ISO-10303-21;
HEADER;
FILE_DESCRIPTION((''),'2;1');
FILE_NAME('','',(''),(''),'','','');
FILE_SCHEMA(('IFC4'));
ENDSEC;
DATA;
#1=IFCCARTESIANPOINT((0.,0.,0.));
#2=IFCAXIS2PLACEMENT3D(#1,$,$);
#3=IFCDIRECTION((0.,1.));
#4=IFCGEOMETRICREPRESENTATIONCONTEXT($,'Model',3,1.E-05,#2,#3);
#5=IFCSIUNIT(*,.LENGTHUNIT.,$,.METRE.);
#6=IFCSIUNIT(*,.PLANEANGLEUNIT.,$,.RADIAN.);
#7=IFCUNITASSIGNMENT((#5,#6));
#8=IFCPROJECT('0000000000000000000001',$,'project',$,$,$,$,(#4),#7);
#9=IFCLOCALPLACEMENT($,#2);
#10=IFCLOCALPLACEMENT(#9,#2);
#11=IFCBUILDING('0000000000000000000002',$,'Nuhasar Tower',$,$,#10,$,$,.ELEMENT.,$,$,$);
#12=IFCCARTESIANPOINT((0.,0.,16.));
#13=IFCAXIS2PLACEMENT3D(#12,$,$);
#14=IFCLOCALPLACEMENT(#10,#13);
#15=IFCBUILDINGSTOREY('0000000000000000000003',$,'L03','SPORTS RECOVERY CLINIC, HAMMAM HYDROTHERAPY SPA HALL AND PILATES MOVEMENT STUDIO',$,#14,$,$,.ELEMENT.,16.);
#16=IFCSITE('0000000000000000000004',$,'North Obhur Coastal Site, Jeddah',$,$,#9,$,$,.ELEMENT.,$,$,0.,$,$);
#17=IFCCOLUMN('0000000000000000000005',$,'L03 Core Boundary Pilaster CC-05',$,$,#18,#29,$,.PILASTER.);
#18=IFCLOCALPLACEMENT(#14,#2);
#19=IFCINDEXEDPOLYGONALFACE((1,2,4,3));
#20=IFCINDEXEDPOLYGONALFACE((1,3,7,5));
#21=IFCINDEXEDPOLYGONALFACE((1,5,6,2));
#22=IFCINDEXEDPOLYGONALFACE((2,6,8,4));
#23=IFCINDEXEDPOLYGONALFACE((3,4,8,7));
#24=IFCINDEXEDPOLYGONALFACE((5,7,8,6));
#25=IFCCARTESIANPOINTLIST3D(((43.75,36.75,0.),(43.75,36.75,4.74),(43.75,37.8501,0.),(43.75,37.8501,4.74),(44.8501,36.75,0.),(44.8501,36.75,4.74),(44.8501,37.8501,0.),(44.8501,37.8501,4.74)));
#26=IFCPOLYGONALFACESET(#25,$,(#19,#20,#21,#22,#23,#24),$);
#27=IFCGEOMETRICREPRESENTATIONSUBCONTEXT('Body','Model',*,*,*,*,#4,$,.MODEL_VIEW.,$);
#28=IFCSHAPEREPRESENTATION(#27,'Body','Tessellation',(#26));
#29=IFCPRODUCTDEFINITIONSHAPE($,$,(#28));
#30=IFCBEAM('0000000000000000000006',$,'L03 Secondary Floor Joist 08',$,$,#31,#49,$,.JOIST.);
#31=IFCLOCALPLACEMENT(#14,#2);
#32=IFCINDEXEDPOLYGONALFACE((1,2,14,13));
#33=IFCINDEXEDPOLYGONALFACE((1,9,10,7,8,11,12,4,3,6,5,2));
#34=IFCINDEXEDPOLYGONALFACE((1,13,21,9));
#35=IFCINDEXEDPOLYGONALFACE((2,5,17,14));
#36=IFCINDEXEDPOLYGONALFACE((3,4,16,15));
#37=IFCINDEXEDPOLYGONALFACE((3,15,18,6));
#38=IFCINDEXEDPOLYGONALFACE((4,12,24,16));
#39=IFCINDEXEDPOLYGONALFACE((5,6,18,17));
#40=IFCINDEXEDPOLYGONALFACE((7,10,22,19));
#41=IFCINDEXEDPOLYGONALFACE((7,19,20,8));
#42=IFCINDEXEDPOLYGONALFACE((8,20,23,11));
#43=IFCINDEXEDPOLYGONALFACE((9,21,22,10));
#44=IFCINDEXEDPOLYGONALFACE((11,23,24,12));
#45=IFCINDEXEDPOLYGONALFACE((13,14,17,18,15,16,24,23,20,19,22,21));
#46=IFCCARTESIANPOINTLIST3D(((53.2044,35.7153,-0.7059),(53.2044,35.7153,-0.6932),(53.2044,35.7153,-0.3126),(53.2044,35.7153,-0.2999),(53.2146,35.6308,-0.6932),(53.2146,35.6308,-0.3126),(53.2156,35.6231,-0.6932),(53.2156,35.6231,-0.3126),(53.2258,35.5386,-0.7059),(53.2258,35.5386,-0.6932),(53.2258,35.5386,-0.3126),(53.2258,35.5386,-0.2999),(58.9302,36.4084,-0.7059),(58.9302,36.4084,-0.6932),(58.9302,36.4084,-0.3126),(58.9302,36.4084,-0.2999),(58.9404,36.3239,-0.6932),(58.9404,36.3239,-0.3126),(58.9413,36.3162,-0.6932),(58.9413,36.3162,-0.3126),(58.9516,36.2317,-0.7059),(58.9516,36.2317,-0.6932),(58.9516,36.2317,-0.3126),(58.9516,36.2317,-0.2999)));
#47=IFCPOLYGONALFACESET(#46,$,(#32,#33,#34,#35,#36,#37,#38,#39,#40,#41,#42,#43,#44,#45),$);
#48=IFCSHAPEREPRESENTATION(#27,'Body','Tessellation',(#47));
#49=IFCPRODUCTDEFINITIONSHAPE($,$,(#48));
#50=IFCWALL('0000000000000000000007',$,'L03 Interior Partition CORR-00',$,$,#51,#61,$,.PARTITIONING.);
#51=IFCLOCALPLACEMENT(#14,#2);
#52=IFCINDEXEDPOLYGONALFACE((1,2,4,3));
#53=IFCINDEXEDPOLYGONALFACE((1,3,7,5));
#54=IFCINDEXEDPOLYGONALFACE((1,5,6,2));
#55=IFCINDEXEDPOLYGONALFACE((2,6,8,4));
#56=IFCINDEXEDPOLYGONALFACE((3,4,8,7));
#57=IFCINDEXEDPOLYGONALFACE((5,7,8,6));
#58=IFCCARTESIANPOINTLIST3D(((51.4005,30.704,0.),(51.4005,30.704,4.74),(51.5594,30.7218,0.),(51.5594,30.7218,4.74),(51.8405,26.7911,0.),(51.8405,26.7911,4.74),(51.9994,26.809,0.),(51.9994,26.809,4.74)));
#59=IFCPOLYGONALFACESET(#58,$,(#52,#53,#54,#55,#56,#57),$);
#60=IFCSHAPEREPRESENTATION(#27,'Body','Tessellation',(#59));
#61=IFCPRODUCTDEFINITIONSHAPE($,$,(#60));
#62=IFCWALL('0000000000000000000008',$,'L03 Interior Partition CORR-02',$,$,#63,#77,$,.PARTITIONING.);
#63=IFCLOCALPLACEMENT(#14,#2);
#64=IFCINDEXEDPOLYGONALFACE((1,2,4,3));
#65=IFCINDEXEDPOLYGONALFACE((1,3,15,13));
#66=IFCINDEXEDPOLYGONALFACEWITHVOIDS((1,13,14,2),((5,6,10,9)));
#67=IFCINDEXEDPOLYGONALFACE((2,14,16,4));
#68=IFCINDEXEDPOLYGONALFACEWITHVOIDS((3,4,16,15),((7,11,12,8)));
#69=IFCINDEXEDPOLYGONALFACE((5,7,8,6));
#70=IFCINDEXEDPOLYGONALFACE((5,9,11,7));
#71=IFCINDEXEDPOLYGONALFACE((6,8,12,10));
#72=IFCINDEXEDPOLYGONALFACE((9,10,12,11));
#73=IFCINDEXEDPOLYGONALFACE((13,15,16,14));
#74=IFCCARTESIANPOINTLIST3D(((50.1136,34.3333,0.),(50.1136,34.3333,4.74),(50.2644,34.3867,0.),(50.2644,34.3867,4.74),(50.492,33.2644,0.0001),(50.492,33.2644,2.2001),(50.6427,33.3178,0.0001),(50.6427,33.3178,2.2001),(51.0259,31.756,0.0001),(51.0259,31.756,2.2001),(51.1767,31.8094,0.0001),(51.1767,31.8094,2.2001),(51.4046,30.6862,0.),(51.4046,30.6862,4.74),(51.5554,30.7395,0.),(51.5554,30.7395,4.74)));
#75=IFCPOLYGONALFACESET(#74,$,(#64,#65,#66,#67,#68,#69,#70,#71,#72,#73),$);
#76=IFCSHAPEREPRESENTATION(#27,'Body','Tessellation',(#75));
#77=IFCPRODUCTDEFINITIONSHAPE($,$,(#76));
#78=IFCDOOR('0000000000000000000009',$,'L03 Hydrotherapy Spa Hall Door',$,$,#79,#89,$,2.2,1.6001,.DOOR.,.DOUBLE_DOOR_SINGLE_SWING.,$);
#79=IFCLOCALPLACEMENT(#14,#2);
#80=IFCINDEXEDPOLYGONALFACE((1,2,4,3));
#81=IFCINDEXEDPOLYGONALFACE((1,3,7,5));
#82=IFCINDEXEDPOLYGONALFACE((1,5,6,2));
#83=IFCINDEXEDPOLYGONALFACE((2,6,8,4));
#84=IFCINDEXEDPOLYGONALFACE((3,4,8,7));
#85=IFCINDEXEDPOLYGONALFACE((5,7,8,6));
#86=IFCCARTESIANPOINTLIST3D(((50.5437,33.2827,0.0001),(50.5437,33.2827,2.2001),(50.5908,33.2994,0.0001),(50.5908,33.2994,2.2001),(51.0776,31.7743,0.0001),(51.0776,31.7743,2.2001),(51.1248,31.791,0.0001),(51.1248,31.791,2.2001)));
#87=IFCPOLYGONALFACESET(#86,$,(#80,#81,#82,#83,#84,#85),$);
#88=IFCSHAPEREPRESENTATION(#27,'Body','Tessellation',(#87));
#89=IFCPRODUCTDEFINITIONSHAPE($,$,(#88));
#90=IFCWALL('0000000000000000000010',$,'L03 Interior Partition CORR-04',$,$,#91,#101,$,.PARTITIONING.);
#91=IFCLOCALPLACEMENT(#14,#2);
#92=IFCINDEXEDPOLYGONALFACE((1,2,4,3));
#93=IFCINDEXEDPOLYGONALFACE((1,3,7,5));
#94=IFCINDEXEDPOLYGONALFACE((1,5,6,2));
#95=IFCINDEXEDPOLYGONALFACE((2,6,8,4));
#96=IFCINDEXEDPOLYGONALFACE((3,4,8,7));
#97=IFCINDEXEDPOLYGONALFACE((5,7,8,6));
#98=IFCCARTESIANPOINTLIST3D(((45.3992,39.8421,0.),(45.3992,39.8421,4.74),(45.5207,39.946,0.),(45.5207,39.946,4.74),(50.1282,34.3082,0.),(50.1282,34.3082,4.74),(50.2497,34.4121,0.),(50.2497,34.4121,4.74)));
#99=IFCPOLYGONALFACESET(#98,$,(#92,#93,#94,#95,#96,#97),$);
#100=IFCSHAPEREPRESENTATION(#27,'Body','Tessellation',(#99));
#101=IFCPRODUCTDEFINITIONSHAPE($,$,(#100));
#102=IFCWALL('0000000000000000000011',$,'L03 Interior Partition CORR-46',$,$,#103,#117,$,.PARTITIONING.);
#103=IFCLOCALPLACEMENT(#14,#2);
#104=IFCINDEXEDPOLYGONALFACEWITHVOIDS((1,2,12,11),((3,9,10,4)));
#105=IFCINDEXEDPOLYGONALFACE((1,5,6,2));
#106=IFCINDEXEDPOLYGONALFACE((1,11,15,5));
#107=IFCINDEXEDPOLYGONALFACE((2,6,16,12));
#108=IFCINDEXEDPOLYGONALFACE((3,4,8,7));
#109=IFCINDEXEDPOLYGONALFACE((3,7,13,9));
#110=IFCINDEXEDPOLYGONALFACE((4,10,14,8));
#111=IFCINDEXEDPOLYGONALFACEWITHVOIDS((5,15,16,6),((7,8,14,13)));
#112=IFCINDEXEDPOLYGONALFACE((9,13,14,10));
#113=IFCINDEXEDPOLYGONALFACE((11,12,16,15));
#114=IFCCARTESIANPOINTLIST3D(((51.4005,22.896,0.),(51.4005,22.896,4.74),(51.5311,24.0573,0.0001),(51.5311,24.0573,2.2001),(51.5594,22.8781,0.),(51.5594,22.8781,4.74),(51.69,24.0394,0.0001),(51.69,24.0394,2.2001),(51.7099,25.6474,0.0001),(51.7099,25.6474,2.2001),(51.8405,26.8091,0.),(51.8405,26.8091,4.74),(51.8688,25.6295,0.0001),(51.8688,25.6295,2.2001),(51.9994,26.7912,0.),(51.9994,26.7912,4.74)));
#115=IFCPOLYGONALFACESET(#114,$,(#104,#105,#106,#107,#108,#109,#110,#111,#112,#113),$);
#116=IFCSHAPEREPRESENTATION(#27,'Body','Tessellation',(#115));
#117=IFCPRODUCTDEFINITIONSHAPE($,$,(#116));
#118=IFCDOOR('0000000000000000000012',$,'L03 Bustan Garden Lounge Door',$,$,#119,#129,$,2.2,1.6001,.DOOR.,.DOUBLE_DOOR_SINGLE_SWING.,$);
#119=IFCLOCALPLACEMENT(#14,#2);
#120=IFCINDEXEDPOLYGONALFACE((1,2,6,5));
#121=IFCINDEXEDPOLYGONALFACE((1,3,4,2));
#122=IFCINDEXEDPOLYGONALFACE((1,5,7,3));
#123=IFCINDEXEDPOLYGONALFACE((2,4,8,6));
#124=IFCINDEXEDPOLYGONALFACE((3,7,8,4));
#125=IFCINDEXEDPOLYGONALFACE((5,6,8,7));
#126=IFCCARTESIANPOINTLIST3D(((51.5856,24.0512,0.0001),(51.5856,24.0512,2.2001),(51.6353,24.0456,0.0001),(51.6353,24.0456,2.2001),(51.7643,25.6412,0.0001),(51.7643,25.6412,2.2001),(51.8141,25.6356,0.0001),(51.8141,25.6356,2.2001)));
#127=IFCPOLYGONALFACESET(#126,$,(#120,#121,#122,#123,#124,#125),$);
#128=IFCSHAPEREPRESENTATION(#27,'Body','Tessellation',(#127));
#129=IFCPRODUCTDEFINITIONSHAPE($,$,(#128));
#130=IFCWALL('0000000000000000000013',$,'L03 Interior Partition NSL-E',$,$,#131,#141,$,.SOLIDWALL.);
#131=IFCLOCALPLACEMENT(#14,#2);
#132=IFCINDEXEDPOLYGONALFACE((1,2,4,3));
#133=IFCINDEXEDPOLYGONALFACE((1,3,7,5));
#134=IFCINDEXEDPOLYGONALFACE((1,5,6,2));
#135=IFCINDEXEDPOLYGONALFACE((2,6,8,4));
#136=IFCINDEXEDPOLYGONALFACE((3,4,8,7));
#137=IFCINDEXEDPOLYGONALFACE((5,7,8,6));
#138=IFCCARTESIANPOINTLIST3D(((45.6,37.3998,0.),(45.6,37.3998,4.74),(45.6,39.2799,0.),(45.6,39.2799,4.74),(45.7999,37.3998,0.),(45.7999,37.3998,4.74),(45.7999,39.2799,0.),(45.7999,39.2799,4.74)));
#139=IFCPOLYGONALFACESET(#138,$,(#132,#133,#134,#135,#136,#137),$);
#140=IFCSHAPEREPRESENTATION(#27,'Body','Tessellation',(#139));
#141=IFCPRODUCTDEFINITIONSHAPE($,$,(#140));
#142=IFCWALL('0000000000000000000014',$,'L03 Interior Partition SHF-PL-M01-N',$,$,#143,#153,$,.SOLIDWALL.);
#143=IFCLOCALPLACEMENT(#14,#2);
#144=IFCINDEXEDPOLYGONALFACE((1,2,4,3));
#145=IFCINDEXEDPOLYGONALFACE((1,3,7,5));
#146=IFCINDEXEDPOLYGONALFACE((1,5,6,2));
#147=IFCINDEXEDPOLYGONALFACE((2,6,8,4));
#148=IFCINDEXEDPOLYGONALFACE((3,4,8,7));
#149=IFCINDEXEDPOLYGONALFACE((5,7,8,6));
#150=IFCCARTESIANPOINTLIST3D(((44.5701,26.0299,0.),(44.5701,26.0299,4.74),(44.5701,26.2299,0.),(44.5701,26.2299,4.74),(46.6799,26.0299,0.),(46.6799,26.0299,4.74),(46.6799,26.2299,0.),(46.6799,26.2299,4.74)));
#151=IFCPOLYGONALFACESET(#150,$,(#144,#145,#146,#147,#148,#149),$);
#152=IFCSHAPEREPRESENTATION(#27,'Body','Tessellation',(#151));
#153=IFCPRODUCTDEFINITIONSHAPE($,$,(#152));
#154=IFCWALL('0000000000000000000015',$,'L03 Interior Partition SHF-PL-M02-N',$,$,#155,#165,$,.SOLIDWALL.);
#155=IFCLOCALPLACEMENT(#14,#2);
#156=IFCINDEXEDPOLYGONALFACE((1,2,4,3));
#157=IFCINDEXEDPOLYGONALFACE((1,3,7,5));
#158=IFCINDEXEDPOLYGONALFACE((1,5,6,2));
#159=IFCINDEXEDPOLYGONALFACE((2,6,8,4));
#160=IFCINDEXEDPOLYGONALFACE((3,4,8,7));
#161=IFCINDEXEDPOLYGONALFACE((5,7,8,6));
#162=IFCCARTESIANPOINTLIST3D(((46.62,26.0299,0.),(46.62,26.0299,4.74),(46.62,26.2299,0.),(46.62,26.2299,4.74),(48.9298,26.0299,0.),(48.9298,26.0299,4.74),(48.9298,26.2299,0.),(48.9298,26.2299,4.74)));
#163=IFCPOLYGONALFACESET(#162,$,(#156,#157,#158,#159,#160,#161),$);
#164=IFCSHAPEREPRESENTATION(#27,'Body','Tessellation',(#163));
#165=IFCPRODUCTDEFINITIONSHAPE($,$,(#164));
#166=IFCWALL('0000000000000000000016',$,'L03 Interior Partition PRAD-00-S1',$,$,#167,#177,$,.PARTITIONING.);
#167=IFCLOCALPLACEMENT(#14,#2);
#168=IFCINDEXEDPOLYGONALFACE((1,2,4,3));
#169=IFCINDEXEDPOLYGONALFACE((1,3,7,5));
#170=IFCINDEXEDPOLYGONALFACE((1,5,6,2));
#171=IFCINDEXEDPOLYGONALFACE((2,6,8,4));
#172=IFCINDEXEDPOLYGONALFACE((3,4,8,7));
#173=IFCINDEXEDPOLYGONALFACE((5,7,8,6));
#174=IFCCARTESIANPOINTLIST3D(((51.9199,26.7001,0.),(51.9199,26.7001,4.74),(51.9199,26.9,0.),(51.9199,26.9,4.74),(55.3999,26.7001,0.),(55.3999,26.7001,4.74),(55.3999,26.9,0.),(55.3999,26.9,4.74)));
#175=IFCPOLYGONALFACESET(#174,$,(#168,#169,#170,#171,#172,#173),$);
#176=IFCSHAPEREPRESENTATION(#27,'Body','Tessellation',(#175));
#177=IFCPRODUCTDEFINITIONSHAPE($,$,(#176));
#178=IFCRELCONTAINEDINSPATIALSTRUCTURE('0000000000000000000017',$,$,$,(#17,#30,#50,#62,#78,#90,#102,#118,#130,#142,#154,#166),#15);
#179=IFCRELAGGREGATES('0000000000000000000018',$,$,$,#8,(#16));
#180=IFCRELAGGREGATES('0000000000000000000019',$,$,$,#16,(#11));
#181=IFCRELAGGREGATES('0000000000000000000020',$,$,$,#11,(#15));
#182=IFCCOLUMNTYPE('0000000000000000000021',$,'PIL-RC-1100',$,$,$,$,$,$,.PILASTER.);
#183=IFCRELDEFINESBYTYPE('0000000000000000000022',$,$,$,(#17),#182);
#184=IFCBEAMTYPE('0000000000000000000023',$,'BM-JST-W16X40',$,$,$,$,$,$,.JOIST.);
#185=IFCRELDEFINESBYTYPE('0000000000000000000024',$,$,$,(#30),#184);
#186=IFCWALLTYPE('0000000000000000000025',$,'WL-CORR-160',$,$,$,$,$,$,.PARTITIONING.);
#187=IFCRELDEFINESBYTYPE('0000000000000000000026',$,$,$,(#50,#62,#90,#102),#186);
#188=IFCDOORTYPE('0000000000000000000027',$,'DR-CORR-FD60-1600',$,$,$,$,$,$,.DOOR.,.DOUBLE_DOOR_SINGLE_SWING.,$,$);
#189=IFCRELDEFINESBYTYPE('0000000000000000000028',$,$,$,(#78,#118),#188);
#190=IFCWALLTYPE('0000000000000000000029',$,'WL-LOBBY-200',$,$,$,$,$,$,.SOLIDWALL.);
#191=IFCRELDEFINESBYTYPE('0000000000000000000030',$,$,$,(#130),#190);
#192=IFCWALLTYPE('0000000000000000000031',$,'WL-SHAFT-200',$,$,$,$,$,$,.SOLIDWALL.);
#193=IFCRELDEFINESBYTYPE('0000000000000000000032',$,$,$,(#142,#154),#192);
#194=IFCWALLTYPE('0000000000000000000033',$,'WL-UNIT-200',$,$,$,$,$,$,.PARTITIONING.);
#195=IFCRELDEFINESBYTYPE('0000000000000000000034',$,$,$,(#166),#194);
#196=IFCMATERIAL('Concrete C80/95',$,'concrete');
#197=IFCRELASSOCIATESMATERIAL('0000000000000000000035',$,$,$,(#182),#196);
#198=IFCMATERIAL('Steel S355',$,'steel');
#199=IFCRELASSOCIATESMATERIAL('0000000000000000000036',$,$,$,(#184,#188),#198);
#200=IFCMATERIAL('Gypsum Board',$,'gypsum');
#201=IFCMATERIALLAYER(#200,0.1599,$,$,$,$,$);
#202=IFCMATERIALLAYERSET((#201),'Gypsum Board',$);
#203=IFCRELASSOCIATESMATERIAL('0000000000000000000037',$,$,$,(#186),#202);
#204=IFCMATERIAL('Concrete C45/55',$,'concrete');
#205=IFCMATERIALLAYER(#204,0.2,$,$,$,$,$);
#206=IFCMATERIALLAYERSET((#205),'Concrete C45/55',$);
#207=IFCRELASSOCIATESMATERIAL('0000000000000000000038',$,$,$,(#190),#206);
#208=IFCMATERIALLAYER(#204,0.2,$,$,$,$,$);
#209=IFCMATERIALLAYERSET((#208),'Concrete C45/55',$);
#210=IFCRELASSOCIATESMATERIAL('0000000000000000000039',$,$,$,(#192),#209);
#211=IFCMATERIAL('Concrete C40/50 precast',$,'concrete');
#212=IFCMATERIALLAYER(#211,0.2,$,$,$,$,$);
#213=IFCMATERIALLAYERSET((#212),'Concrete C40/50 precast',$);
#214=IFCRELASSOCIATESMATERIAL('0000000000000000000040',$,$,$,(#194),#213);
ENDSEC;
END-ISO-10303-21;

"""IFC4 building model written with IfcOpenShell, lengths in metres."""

from ifc_helpers import new_model, si_unit, direction, frame, frame_2d, origin, origin_2d, place, context, subcontext, project, spatial, rectangle, i_section, extrude, material, layer, layer_set, material_profile, profile_set, type_object, element, fill, save


model = new_model("IFC4")

# Units and contexts
model_context = context("Model", 3, precision=1e-05, world=origin(), true_north=direction((0.0, 1.0)))
body_context = subcontext(model_context, "Body", "Model", "MODEL_VIEW")
ifc_project = project(units=[si_unit("LENGTHUNIT", "METRE"), si_unit("PLANEANGLEUNIT", "RADIAN")], contexts=[model_context])

# Site, building, storey
site_placement = place(None, origin())
site = spatial("IfcSite", under=ifc_project, at=site_placement, Name="North Obhur Coastal Site, Jeddah", CompositionType="ELEMENT", RefElevation=0.0)
building_placement = place(site_placement, origin())
building = spatial("IfcBuilding", under=site, at=building_placement, Name="Nuhasar Tower", CompositionType="ELEMENT")
storey_placement = place(building_placement, frame((0.0, 0.0, 16.0)))
storey = spatial("IfcBuildingStorey", under=building, at=storey_placement, Name="L03", Description="SPORTS RECOVERY CLINIC, HAMMAM HYDROTHERAPY SPA HALL AND PILATES MOVEMENT STUDIO", CompositionType="ELEMENT", Elevation=16.0)

# Column
ifc_material_1 = material(Name="Concrete C80/95", Category="concrete")
ifc_material_profile_1 = material_profile(ifc_material_1, rectangle(XDim=1.1001, YDim=1.1001, at=origin_2d()), Name="RC1100X1100")
ifc_profile_set_1 = profile_set([ifc_material_profile_1], Name="Concrete C80/95")
column_type = type_object("IfcColumnType", Name="PIL-RC-1100", PredefinedType="PILASTER", material=ifc_profile_set_1)
column_placement = place(storey_placement, frame((44.3, 37.3, 0.0), z_axis=(0.0, 0.0, 1.0), x_axis=(1.0, 0.0, 0.0)))
element("IfcColumn", 1, at=column_placement, inside=storey, type_object=column_type, Name="L03 Core Boundary Pilaster CC-05", PredefinedType="PILASTER", context=body_context, shape_type="SweptSolid", body=[
    extrude(rectangle(XDim=1.1001, YDim=1.1001, at=origin_2d()), origin(), (0.0, 0.0, 1.0), 4.74),
])

# Beam
ifc_material_2 = material(Name="Steel S355", Category="steel")
ifc_material_profile_2 = material_profile(ifc_material_2, i_section(OverallWidth=0.178, OverallDepth=0.406, WebThickness=0.0078, FlangeThickness=0.0127, at=origin_2d()), Name="W16X40")
ifc_profile_set_2 = profile_set([ifc_material_profile_2], Name="Steel S355")
beam_type = type_object("IfcBeamType", Name="BM-JST-W16X40", PredefinedType="JOIST", material=ifc_profile_set_2)
beam_placement = place(storey_placement, frame((53.2151, 35.627, -0.5029), z_axis=(0.992753, 0.120173, 0.0), x_axis=(-0.120173, 0.992753, 0.0)))
element("IfcBeam", 2, at=beam_placement, inside=storey, type_object=beam_type, Name="L03 Secondary Floor Joist 08", PredefinedType="JOIST", context=body_context, shape_type="SweptSolid", body=[
    extrude(i_section(OverallWidth=0.178, OverallDepth=0.406, WebThickness=0.0078, FlangeThickness=0.0127, at=origin_2d()), origin(), (0.0, 0.0, 1.0), 5.7676),
])

# Wall
ifc_material_3 = material(Name="Gypsum Board", Category="gypsum")
ifc_layer_1 = layer(ifc_material_3, 0.1599)
ifc_layer_set_1 = layer_set([ifc_layer_1], Name="Gypsum Board")
wall_type_1 = type_object("IfcWallType", Name="WL-CORR-160", PredefinedType="PARTITIONING", material=ifc_layer_set_1)
wall_1_placement = place(storey_placement, frame((51.9199, 26.8, 0.0), z_axis=(0.0, 0.0, 1.0), x_axis=(-0.111731, 0.993738, 0.0)))
element("IfcWall", 3, at=wall_1_placement, inside=storey, type_object=wall_type_1, Name="L03 Interior Partition CORR-00", PredefinedType="PARTITIONING", context=body_context, shape_type="SweptSolid", body=[
    extrude(rectangle(XDim=3.9375, YDim=0.1599, at=frame_2d((1.9688, 0.0))), origin(), (0.0, 0.0, 1.0), 4.74),
])

# Wall, opening, door
wall_2_placement = place(storey_placement, frame((50.189, 34.3601, 0.0), z_axis=(0.0, 0.0, 1.0), x_axis=(0.333685, -0.942685, 0.0)))
wall_2 = element("IfcWall", 4, at=wall_2_placement, inside=storey, type_object=wall_type_1, Name="L03 Interior Partition CORR-02", PredefinedType="PARTITIONING", context=body_context, shape_type="SweptSolid", body=[
    extrude(rectangle(XDim=3.8689, YDim=0.1599, at=frame_2d((1.9346, 0.0))), origin(), (0.0, 0.0, 1.0), 4.74),
])
opening_1_placement = place(wall_2_placement, frame((1.134, 0.0, 0.0)))
opening_1 = element("IfcOpeningElement", 5, at=opening_1_placement, cuts=wall_2, PredefinedType="OPENING", context=body_context, shape_type="SweptSolid", body=[
    extrude(rectangle(XDim=1.6001, YDim=2.2, at=frame_2d((0.8, 1.1001))), frame((0.0, 0.0898, 0.0), z_axis=(0.0, -1.0, 0.0), x_axis=(1.0, 0.0, 0.0)), (0.0, 0.0, 1.0), 0.1799),
])
door_type_1 = type_object("IfcDoorType", Name="DR-CORR-FD60-1600", OperationType="DOUBLE_DOOR_SINGLE_SWING", PredefinedType="DOOR", material=ifc_material_2)
door_1_placement = place(opening_1_placement, origin())
door_1 = element("IfcDoor", 6, at=door_1_placement, inside=storey, type_object=door_type_1, Name="L03 Hydrotherapy Spa Hall Door", OperationType="DOUBLE_DOOR_SINGLE_SWING", OverallHeight=2.2, OverallWidth=1.6001, PredefinedType="DOOR", context=body_context, shape_type="SweptSolid", body=[
    extrude(rectangle(XDim=1.6001, YDim=2.2, at=frame_2d((0.8, 1.1001))), frame((0.0, 0.0249, 0.0), z_axis=(0.0, -1.0, 0.0), x_axis=(1.0, 0.0, 0.0)), (0.0, 0.0, 1.0), 0.05),
])
fill(opening_1, door_1)

# Wall
wall_3_placement = place(storey_placement, frame((50.189, 34.3601, 0.0), z_axis=(0.0, 0.0, 1.0), x_axis=(-0.649653, 0.760231, 0.0)))
element("IfcWall", 7, at=wall_3_placement, inside=storey, type_object=wall_type_1, Name="L03 Interior Partition CORR-04", PredefinedType="PARTITIONING", context=body_context, shape_type="SweptSolid", body=[
    extrude(rectangle(XDim=7.2793, YDim=0.1599, at=frame_2d((3.6396, 0.0))), origin(), (0.0, 0.0, 1.0), 4.74),
])

# Wall, opening, door
wall_4_placement = place(storey_placement, frame((51.9199, 26.8, 0.0), z_axis=(0.0, 0.0, 1.0), x_axis=(-0.111724, -0.993739, 0.0)))
wall_4 = element("IfcWall", 8, at=wall_4_placement, inside=storey, type_object=wall_type_1, Name="L03 Interior Partition CORR-46", PredefinedType="PARTITIONING", context=body_context, shape_type="SweptSolid", body=[
    extrude(rectangle(XDim=3.9377, YDim=0.1599, at=frame_2d((1.9688, 0.0))), origin(), (0.0, 0.0, 1.0), 4.74),
])
opening_2_placement = place(wall_4_placement, frame((1.1689, 0.0, 0.0)))
opening_2 = element("IfcOpeningElement", 9, at=opening_2_placement, cuts=wall_4, PredefinedType="OPENING", context=body_context, shape_type="SweptSolid", body=[
    extrude(rectangle(XDim=1.6001, YDim=2.2, at=frame_2d((0.8, 1.1001))), frame((0.0, 0.0898, 0.0), z_axis=(0.0, -1.0, 0.0), x_axis=(1.0, 0.0, 0.0)), (0.0, 0.0, 1.0), 0.1799),
])
door_2_placement = place(opening_2_placement, origin())
door_2 = element("IfcDoor", 10, at=door_2_placement, inside=storey, type_object=door_type_1, Name="L03 Bustan Garden Lounge Door", OperationType="DOUBLE_DOOR_SINGLE_SWING", OverallHeight=2.2, OverallWidth=1.6001, PredefinedType="DOOR", context=body_context, shape_type="SweptSolid", body=[
    extrude(rectangle(XDim=1.6001, YDim=2.2, at=frame_2d((0.8, 1.1001))), frame((0.0, 0.0249, 0.0), z_axis=(0.0, -1.0, 0.0), x_axis=(1.0, 0.0, 0.0)), (0.0, 0.0, 1.0), 0.05),
])
fill(opening_2, door_2)

# Walls
ifc_material_4 = material(Name="Concrete C45/55", Category="concrete")
ifc_layer_2 = layer(ifc_material_4, 0.2)
ifc_layer_set_2 = layer_set([ifc_layer_2], Name="Concrete C45/55")
wall_type_2 = type_object("IfcWallType", Name="WL-LOBBY-200", PredefinedType="SOLIDWALL", material=ifc_layer_set_2)
wall_5_placement = place(storey_placement, frame((45.7, 37.3999, 0.0), z_axis=(0.0, 0.0, 1.0), x_axis=(0.0, 1.0, 0.0)))
element("IfcWall", 11, at=wall_5_placement, inside=storey, type_object=wall_type_2, Name="L03 Interior Partition NSL-E", PredefinedType="SOLIDWALL", context=body_context, shape_type="SweptSolid", body=[
    extrude(rectangle(XDim=1.8801, YDim=0.2, at=frame_2d((0.9399, 0.0))), origin(), (0.0, 0.0, 1.0), 4.74),
])
ifc_layer_3 = layer(ifc_material_4, 0.2)
ifc_layer_set_3 = layer_set([ifc_layer_3], Name="Concrete C45/55")
wall_type_3 = type_object("IfcWallType", Name="WL-SHAFT-200", PredefinedType="SOLIDWALL", material=ifc_layer_set_3)
wall_6_placement = place(storey_placement, frame((44.5701, 26.1299, 0.0), z_axis=(0.0, 0.0, 1.0), x_axis=(1.0, 0.0, 0.0)))
element("IfcWall", 12, at=wall_6_placement, inside=storey, type_object=wall_type_3, Name="L03 Interior Partition SHF-PL-M01-N", PredefinedType="SOLIDWALL", context=body_context, shape_type="SweptSolid", body=[
    extrude(rectangle(XDim=2.1099, YDim=0.2, at=frame_2d((1.0549, 0.0))), origin(), (0.0, 0.0, 1.0), 4.74),
])
wall_7_placement = place(storey_placement, frame((46.6201, 26.1299, 0.0), z_axis=(0.0, 0.0, 1.0), x_axis=(1.0, 0.0, 0.0)))
element("IfcWall", 13, at=wall_7_placement, inside=storey, type_object=wall_type_3, Name="L03 Interior Partition SHF-PL-M02-N", PredefinedType="SOLIDWALL", context=body_context, shape_type="SweptSolid", body=[
    extrude(rectangle(XDim=2.3098, YDim=0.2, at=frame_2d((1.1548, 0.0))), origin(), (0.0, 0.0, 1.0), 4.74),
])
ifc_material_5 = material(Name="Concrete C40/50 precast", Category="concrete")
ifc_layer_4 = layer(ifc_material_5, 0.2)
ifc_layer_set_4 = layer_set([ifc_layer_4], Name="Concrete C40/50 precast")
wall_type_4 = type_object("IfcWallType", Name="WL-UNIT-200", PredefinedType="PARTITIONING", material=ifc_layer_set_4)
wall_8_placement = place(storey_placement, frame((51.9199, 26.8, 0.0), z_axis=(0.0, 0.0, 1.0), x_axis=(1.0, 0.0, 0.0)))
element("IfcWall", 14, at=wall_8_placement, inside=storey, type_object=wall_type_4, Name="L03 Interior Partition PRAD-00-S1", PredefinedType="PARTITIONING", context=body_context, shape_type="SweptSolid", body=[
    extrude(rectangle(XDim=3.48, YDim=0.2, at=frame_2d((1.74, 0.0))), origin(), (0.0, 0.0, 1.0), 4.74),
])

save(model, "model.ifc")
